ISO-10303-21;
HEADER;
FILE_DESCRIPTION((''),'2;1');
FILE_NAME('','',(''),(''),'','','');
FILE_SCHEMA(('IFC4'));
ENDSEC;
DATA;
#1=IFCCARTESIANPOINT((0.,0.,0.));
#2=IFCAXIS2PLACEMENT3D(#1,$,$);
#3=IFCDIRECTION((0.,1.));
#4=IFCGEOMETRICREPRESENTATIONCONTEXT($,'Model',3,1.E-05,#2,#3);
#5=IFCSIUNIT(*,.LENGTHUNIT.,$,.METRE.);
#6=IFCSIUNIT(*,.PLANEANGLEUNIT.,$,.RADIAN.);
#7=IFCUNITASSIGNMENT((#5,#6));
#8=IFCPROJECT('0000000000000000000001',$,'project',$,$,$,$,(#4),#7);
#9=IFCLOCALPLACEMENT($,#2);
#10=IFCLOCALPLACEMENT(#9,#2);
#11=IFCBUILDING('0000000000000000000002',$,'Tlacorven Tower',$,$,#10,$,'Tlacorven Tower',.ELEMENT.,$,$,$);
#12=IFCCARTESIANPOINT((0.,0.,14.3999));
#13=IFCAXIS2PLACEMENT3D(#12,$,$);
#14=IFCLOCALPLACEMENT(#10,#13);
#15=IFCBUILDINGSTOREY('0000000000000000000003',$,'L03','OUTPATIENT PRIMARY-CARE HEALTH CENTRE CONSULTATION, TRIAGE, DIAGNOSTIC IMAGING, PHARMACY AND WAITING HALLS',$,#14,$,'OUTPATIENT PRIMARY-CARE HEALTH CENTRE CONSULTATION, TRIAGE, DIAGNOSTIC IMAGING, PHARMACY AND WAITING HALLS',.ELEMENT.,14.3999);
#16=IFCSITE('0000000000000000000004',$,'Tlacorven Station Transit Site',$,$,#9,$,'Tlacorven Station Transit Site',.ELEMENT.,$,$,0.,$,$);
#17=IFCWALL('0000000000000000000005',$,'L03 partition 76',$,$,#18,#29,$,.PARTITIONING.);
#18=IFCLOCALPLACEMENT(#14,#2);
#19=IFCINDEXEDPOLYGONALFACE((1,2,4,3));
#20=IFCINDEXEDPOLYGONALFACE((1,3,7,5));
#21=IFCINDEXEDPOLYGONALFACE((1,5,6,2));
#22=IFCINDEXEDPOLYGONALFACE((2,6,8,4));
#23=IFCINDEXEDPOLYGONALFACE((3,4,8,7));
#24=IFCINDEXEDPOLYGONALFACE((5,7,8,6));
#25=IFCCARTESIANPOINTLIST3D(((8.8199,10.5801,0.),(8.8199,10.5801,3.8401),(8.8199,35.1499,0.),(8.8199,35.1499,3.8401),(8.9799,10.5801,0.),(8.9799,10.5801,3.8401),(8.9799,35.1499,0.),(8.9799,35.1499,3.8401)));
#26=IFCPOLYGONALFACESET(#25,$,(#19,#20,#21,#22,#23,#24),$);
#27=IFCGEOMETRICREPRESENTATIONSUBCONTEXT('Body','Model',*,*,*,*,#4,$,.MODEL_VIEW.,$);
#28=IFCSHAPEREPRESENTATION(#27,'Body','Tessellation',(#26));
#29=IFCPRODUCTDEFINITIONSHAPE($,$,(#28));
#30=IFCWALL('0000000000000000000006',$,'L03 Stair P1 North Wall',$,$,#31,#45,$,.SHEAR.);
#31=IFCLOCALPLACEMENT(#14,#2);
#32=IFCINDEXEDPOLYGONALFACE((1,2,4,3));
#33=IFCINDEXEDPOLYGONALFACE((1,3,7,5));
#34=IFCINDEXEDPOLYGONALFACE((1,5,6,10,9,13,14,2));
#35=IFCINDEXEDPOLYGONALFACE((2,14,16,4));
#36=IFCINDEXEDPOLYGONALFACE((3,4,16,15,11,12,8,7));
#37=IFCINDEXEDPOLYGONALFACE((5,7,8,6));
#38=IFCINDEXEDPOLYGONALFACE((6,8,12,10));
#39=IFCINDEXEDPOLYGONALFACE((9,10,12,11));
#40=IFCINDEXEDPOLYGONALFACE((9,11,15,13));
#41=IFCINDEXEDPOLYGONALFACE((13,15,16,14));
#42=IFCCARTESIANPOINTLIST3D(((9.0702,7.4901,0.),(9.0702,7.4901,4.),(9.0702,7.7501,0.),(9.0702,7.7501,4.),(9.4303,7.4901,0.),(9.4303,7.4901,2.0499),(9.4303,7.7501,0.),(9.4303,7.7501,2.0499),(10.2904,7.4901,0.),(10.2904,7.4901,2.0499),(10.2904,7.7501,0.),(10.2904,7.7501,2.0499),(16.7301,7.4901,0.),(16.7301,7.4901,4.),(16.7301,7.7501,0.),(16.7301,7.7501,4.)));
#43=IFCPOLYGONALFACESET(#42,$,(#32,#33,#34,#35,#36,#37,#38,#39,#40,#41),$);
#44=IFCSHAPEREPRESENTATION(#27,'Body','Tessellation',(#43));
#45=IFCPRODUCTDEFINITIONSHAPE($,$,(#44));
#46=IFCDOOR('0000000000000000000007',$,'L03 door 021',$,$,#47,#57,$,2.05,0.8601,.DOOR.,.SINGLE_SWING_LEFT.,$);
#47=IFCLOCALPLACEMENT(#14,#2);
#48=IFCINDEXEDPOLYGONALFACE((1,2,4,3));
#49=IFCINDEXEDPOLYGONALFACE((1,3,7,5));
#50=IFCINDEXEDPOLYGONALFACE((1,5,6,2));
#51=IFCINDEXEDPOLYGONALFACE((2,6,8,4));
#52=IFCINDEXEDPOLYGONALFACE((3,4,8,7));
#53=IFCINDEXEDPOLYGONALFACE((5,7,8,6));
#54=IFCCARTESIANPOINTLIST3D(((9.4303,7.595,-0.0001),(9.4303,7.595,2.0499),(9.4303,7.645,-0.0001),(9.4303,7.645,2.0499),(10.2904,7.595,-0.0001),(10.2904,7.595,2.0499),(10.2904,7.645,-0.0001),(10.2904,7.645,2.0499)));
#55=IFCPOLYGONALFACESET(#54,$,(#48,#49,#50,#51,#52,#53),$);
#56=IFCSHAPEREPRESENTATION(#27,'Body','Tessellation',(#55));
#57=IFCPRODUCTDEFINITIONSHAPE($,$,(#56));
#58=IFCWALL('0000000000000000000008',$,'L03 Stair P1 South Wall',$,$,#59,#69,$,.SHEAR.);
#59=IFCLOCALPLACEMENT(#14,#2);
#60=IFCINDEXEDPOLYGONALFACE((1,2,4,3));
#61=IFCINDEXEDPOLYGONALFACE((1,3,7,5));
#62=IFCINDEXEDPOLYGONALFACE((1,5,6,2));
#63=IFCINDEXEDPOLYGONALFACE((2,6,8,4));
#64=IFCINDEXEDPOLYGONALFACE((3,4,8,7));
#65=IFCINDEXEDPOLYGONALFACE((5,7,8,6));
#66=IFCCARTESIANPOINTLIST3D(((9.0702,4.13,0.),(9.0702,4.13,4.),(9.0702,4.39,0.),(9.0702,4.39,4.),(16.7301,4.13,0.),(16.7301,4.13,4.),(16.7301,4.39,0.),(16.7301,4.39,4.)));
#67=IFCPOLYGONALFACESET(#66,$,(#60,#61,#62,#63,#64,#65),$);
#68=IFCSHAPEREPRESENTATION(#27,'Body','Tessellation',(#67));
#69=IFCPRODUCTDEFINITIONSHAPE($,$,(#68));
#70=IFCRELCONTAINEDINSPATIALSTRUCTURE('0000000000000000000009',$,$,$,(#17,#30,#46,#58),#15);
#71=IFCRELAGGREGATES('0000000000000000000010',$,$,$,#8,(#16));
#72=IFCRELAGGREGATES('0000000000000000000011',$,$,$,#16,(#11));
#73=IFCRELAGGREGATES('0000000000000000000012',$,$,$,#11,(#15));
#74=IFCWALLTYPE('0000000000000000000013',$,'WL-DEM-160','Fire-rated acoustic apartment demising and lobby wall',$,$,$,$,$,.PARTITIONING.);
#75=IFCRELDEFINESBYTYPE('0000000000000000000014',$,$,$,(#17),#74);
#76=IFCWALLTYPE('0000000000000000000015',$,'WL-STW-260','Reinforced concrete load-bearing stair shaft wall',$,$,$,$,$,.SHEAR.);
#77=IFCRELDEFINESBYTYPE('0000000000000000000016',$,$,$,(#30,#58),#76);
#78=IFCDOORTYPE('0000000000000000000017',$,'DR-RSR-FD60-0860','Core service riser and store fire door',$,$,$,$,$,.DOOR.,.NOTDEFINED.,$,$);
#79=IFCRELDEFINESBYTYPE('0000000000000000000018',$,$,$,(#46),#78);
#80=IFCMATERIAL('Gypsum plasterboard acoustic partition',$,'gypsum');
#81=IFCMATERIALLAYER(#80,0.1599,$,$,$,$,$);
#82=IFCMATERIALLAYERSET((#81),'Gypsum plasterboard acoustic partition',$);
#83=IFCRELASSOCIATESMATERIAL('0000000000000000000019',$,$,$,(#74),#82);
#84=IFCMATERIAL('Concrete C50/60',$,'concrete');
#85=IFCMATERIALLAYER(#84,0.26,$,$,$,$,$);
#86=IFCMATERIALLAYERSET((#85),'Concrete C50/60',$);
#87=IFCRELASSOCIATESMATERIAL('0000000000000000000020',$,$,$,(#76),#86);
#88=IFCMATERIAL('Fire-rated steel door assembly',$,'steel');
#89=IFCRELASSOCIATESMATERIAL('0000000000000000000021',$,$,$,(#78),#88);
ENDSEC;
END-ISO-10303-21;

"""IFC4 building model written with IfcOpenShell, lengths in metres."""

from ifc_helpers import new_model, si_unit, direction, frame, frame_2d, origin, place, context, subcontext, project, spatial, rectangle, extrude, source, transform, mapped, material, layer, layer_set, type_object, element, fill, save


model = new_model("IFC4")

# Units and contexts
model_context = context("Model", 3, precision=1e-05, world=origin(), true_north=direction((0.0, 1.0)))
body_context = subcontext(model_context, "Body", "Model", "MODEL_VIEW")
ifc_project = project(units=[si_unit("LENGTHUNIT", "METRE"), si_unit("PLANEANGLEUNIT", "RADIAN")], contexts=[model_context])

# Site, building, storey
site_placement = place(None, origin())
site = spatial("IfcSite", under=ifc_project, at=site_placement, Name="Tlacorven Station Transit Site", LongName="Tlacorven Station Transit Site", CompositionType="ELEMENT", RefElevation=0.0)
building_placement = place(site_placement, origin())
building = spatial("IfcBuilding", under=site, at=building_placement, Name="Tlacorven Tower", LongName="Tlacorven Tower", CompositionType="ELEMENT")
storey_placement = place(building_placement, frame((0.0, 0.0, 14.3999)))
storey = spatial("IfcBuildingStorey", under=building, at=storey_placement, Name="L03", Description="OUTPATIENT PRIMARY-CARE HEALTH CENTRE CONSULTATION, TRIAGE, DIAGNOSTIC IMAGING, PHARMACY AND WAITING HALLS", LongName="OUTPATIENT PRIMARY-CARE HEALTH CENTRE CONSULTATION, TRIAGE, DIAGNOSTIC IMAGING, PHARMACY AND WAITING HALLS", CompositionType="ELEMENT", Elevation=14.3999)

# Shared definitions
ifc_material_1 = material(Name="Gypsum plasterboard acoustic partition", Category="gypsum")
ifc_layer_1 = layer(ifc_material_1, 0.1599)
ifc_layer_set_1 = layer_set([ifc_layer_1], Name="Gypsum plasterboard acoustic partition")
wall_type_1 = type_object("IfcWallType", Name="WL-DEM-160", Description="Fire-rated acoustic apartment demising and lobby wall", PredefinedType="PARTITIONING", material=ifc_layer_set_1)
ifc_material_2 = material(Name="Fire-rated steel door assembly", Category="steel")

# Wall
wall_1_placement = place(storey_placement, frame((8.8999, 10.5801, 0.0), z_axis=(0.0, 0.0, 1.0), x_axis=(0.0, 1.0, 0.0)))
element("IfcWall", 1, at=wall_1_placement, inside=storey, type_object=wall_type_1, Name="L03 partition 76", PredefinedType="PARTITIONING", context=body_context, shape_type="SweptSolid", body=[
    extrude(rectangle(XDim=24.5698, YDim=0.1599, at=frame_2d((12.2849, 0.0))), origin(), (0.0, 0.0, 1.0), 3.8401),
])

# Wall, opening, door
ifc_material_3 = material(Name="Concrete C50/60", Category="concrete")
ifc_layer_2 = layer(ifc_material_3, 0.26)
ifc_layer_set_2 = layer_set([ifc_layer_2], Name="Concrete C50/60")
wall_type_2 = type_object("IfcWallType", Name="WL-STW-260", Description="Reinforced concrete load-bearing stair shaft wall", PredefinedType="SHEAR", material=ifc_layer_set_2)
wall_2_placement = place(storey_placement, frame((9.0701, 7.6201, 0.0), z_axis=(0.0, 0.0, 1.0), x_axis=(1.0, 0.0, 0.0)))
wall_2 = element("IfcWall", 2, at=wall_2_placement, inside=storey, type_object=wall_type_2, Name="L03 Stair P1 North Wall", PredefinedType="SHEAR", context=body_context, shape_type="SweptSolid", body=[
    extrude(rectangle(XDim=7.6599, YDim=0.26, at=frame_2d((3.8301, 0.0))), origin(), (0.0, 0.0, 1.0), 4.0),
])
opening_1_placement = place(wall_2_placement, frame((0.3601, 0.0, 0.0)))
opening_1 = element("IfcOpeningElement", 3, at=opening_1_placement, cuts=wall_2, PredefinedType="OPENING", context=body_context, shape_type="SweptSolid", body=[
    extrude(rectangle(XDim=0.8601, YDim=2.05, at=frame_2d((0.4302, 1.0249))), frame((0.0, 0.1401, 0.0), z_axis=(0.0, -1.0, 0.0), x_axis=(1.0, 0.0, 0.0)), (0.0, 0.0, 1.0), 0.28),
])
door_type_1 = type_object("IfcDoorType", Name="DR-RSR-FD60-0860", Description="Core service riser and store fire door", OperationType="NOTDEFINED", PredefinedType="DOOR", material=ifc_material_2)
shared_shape_1 = source(origin(), body_context, "Body", "SweptSolid", [
    extrude(rectangle(XDim=0.8601, YDim=2.05, at=frame_2d((0.4302, 1.0249))), frame((0.0, 0.0249, 0.0), z_axis=(0.0, -1.0, 0.0), x_axis=(1.0, 0.0, 0.0)), (0.0, 0.0, 1.0), 0.05),
])
door_1_placement = place(opening_1_placement, origin())
door_1 = element("IfcDoor", 4, at=door_1_placement, inside=storey, type_object=door_type_1, Name="L03 door 021", OperationType="SINGLE_SWING_LEFT", OverallHeight=2.05, OverallWidth=0.8601, PredefinedType="DOOR", context=body_context, shape_type="MappedRepresentation", body=[
    mapped(shared_shape_1, transform((0.0, 0.0, 0.0), scale=1.0)),
])
fill(opening_1, door_1)

# Wall
wall_3_placement = place(storey_placement, frame((9.0701, 4.26, 0.0), z_axis=(0.0, 0.0, 1.0), x_axis=(1.0, 0.0, 0.0)))
element("IfcWall", 5, at=wall_3_placement, inside=storey, type_object=wall_type_2, Name="L03 Stair P1 South Wall", PredefinedType="SHEAR", context=body_context, shape_type="SweptSolid", body=[
    extrude(rectangle(XDim=7.6599, YDim=0.26, at=frame_2d((3.8301, 0.0))), origin(), (0.0, 0.0, 1.0), 4.0),
])

save(model, "model.ifc")
